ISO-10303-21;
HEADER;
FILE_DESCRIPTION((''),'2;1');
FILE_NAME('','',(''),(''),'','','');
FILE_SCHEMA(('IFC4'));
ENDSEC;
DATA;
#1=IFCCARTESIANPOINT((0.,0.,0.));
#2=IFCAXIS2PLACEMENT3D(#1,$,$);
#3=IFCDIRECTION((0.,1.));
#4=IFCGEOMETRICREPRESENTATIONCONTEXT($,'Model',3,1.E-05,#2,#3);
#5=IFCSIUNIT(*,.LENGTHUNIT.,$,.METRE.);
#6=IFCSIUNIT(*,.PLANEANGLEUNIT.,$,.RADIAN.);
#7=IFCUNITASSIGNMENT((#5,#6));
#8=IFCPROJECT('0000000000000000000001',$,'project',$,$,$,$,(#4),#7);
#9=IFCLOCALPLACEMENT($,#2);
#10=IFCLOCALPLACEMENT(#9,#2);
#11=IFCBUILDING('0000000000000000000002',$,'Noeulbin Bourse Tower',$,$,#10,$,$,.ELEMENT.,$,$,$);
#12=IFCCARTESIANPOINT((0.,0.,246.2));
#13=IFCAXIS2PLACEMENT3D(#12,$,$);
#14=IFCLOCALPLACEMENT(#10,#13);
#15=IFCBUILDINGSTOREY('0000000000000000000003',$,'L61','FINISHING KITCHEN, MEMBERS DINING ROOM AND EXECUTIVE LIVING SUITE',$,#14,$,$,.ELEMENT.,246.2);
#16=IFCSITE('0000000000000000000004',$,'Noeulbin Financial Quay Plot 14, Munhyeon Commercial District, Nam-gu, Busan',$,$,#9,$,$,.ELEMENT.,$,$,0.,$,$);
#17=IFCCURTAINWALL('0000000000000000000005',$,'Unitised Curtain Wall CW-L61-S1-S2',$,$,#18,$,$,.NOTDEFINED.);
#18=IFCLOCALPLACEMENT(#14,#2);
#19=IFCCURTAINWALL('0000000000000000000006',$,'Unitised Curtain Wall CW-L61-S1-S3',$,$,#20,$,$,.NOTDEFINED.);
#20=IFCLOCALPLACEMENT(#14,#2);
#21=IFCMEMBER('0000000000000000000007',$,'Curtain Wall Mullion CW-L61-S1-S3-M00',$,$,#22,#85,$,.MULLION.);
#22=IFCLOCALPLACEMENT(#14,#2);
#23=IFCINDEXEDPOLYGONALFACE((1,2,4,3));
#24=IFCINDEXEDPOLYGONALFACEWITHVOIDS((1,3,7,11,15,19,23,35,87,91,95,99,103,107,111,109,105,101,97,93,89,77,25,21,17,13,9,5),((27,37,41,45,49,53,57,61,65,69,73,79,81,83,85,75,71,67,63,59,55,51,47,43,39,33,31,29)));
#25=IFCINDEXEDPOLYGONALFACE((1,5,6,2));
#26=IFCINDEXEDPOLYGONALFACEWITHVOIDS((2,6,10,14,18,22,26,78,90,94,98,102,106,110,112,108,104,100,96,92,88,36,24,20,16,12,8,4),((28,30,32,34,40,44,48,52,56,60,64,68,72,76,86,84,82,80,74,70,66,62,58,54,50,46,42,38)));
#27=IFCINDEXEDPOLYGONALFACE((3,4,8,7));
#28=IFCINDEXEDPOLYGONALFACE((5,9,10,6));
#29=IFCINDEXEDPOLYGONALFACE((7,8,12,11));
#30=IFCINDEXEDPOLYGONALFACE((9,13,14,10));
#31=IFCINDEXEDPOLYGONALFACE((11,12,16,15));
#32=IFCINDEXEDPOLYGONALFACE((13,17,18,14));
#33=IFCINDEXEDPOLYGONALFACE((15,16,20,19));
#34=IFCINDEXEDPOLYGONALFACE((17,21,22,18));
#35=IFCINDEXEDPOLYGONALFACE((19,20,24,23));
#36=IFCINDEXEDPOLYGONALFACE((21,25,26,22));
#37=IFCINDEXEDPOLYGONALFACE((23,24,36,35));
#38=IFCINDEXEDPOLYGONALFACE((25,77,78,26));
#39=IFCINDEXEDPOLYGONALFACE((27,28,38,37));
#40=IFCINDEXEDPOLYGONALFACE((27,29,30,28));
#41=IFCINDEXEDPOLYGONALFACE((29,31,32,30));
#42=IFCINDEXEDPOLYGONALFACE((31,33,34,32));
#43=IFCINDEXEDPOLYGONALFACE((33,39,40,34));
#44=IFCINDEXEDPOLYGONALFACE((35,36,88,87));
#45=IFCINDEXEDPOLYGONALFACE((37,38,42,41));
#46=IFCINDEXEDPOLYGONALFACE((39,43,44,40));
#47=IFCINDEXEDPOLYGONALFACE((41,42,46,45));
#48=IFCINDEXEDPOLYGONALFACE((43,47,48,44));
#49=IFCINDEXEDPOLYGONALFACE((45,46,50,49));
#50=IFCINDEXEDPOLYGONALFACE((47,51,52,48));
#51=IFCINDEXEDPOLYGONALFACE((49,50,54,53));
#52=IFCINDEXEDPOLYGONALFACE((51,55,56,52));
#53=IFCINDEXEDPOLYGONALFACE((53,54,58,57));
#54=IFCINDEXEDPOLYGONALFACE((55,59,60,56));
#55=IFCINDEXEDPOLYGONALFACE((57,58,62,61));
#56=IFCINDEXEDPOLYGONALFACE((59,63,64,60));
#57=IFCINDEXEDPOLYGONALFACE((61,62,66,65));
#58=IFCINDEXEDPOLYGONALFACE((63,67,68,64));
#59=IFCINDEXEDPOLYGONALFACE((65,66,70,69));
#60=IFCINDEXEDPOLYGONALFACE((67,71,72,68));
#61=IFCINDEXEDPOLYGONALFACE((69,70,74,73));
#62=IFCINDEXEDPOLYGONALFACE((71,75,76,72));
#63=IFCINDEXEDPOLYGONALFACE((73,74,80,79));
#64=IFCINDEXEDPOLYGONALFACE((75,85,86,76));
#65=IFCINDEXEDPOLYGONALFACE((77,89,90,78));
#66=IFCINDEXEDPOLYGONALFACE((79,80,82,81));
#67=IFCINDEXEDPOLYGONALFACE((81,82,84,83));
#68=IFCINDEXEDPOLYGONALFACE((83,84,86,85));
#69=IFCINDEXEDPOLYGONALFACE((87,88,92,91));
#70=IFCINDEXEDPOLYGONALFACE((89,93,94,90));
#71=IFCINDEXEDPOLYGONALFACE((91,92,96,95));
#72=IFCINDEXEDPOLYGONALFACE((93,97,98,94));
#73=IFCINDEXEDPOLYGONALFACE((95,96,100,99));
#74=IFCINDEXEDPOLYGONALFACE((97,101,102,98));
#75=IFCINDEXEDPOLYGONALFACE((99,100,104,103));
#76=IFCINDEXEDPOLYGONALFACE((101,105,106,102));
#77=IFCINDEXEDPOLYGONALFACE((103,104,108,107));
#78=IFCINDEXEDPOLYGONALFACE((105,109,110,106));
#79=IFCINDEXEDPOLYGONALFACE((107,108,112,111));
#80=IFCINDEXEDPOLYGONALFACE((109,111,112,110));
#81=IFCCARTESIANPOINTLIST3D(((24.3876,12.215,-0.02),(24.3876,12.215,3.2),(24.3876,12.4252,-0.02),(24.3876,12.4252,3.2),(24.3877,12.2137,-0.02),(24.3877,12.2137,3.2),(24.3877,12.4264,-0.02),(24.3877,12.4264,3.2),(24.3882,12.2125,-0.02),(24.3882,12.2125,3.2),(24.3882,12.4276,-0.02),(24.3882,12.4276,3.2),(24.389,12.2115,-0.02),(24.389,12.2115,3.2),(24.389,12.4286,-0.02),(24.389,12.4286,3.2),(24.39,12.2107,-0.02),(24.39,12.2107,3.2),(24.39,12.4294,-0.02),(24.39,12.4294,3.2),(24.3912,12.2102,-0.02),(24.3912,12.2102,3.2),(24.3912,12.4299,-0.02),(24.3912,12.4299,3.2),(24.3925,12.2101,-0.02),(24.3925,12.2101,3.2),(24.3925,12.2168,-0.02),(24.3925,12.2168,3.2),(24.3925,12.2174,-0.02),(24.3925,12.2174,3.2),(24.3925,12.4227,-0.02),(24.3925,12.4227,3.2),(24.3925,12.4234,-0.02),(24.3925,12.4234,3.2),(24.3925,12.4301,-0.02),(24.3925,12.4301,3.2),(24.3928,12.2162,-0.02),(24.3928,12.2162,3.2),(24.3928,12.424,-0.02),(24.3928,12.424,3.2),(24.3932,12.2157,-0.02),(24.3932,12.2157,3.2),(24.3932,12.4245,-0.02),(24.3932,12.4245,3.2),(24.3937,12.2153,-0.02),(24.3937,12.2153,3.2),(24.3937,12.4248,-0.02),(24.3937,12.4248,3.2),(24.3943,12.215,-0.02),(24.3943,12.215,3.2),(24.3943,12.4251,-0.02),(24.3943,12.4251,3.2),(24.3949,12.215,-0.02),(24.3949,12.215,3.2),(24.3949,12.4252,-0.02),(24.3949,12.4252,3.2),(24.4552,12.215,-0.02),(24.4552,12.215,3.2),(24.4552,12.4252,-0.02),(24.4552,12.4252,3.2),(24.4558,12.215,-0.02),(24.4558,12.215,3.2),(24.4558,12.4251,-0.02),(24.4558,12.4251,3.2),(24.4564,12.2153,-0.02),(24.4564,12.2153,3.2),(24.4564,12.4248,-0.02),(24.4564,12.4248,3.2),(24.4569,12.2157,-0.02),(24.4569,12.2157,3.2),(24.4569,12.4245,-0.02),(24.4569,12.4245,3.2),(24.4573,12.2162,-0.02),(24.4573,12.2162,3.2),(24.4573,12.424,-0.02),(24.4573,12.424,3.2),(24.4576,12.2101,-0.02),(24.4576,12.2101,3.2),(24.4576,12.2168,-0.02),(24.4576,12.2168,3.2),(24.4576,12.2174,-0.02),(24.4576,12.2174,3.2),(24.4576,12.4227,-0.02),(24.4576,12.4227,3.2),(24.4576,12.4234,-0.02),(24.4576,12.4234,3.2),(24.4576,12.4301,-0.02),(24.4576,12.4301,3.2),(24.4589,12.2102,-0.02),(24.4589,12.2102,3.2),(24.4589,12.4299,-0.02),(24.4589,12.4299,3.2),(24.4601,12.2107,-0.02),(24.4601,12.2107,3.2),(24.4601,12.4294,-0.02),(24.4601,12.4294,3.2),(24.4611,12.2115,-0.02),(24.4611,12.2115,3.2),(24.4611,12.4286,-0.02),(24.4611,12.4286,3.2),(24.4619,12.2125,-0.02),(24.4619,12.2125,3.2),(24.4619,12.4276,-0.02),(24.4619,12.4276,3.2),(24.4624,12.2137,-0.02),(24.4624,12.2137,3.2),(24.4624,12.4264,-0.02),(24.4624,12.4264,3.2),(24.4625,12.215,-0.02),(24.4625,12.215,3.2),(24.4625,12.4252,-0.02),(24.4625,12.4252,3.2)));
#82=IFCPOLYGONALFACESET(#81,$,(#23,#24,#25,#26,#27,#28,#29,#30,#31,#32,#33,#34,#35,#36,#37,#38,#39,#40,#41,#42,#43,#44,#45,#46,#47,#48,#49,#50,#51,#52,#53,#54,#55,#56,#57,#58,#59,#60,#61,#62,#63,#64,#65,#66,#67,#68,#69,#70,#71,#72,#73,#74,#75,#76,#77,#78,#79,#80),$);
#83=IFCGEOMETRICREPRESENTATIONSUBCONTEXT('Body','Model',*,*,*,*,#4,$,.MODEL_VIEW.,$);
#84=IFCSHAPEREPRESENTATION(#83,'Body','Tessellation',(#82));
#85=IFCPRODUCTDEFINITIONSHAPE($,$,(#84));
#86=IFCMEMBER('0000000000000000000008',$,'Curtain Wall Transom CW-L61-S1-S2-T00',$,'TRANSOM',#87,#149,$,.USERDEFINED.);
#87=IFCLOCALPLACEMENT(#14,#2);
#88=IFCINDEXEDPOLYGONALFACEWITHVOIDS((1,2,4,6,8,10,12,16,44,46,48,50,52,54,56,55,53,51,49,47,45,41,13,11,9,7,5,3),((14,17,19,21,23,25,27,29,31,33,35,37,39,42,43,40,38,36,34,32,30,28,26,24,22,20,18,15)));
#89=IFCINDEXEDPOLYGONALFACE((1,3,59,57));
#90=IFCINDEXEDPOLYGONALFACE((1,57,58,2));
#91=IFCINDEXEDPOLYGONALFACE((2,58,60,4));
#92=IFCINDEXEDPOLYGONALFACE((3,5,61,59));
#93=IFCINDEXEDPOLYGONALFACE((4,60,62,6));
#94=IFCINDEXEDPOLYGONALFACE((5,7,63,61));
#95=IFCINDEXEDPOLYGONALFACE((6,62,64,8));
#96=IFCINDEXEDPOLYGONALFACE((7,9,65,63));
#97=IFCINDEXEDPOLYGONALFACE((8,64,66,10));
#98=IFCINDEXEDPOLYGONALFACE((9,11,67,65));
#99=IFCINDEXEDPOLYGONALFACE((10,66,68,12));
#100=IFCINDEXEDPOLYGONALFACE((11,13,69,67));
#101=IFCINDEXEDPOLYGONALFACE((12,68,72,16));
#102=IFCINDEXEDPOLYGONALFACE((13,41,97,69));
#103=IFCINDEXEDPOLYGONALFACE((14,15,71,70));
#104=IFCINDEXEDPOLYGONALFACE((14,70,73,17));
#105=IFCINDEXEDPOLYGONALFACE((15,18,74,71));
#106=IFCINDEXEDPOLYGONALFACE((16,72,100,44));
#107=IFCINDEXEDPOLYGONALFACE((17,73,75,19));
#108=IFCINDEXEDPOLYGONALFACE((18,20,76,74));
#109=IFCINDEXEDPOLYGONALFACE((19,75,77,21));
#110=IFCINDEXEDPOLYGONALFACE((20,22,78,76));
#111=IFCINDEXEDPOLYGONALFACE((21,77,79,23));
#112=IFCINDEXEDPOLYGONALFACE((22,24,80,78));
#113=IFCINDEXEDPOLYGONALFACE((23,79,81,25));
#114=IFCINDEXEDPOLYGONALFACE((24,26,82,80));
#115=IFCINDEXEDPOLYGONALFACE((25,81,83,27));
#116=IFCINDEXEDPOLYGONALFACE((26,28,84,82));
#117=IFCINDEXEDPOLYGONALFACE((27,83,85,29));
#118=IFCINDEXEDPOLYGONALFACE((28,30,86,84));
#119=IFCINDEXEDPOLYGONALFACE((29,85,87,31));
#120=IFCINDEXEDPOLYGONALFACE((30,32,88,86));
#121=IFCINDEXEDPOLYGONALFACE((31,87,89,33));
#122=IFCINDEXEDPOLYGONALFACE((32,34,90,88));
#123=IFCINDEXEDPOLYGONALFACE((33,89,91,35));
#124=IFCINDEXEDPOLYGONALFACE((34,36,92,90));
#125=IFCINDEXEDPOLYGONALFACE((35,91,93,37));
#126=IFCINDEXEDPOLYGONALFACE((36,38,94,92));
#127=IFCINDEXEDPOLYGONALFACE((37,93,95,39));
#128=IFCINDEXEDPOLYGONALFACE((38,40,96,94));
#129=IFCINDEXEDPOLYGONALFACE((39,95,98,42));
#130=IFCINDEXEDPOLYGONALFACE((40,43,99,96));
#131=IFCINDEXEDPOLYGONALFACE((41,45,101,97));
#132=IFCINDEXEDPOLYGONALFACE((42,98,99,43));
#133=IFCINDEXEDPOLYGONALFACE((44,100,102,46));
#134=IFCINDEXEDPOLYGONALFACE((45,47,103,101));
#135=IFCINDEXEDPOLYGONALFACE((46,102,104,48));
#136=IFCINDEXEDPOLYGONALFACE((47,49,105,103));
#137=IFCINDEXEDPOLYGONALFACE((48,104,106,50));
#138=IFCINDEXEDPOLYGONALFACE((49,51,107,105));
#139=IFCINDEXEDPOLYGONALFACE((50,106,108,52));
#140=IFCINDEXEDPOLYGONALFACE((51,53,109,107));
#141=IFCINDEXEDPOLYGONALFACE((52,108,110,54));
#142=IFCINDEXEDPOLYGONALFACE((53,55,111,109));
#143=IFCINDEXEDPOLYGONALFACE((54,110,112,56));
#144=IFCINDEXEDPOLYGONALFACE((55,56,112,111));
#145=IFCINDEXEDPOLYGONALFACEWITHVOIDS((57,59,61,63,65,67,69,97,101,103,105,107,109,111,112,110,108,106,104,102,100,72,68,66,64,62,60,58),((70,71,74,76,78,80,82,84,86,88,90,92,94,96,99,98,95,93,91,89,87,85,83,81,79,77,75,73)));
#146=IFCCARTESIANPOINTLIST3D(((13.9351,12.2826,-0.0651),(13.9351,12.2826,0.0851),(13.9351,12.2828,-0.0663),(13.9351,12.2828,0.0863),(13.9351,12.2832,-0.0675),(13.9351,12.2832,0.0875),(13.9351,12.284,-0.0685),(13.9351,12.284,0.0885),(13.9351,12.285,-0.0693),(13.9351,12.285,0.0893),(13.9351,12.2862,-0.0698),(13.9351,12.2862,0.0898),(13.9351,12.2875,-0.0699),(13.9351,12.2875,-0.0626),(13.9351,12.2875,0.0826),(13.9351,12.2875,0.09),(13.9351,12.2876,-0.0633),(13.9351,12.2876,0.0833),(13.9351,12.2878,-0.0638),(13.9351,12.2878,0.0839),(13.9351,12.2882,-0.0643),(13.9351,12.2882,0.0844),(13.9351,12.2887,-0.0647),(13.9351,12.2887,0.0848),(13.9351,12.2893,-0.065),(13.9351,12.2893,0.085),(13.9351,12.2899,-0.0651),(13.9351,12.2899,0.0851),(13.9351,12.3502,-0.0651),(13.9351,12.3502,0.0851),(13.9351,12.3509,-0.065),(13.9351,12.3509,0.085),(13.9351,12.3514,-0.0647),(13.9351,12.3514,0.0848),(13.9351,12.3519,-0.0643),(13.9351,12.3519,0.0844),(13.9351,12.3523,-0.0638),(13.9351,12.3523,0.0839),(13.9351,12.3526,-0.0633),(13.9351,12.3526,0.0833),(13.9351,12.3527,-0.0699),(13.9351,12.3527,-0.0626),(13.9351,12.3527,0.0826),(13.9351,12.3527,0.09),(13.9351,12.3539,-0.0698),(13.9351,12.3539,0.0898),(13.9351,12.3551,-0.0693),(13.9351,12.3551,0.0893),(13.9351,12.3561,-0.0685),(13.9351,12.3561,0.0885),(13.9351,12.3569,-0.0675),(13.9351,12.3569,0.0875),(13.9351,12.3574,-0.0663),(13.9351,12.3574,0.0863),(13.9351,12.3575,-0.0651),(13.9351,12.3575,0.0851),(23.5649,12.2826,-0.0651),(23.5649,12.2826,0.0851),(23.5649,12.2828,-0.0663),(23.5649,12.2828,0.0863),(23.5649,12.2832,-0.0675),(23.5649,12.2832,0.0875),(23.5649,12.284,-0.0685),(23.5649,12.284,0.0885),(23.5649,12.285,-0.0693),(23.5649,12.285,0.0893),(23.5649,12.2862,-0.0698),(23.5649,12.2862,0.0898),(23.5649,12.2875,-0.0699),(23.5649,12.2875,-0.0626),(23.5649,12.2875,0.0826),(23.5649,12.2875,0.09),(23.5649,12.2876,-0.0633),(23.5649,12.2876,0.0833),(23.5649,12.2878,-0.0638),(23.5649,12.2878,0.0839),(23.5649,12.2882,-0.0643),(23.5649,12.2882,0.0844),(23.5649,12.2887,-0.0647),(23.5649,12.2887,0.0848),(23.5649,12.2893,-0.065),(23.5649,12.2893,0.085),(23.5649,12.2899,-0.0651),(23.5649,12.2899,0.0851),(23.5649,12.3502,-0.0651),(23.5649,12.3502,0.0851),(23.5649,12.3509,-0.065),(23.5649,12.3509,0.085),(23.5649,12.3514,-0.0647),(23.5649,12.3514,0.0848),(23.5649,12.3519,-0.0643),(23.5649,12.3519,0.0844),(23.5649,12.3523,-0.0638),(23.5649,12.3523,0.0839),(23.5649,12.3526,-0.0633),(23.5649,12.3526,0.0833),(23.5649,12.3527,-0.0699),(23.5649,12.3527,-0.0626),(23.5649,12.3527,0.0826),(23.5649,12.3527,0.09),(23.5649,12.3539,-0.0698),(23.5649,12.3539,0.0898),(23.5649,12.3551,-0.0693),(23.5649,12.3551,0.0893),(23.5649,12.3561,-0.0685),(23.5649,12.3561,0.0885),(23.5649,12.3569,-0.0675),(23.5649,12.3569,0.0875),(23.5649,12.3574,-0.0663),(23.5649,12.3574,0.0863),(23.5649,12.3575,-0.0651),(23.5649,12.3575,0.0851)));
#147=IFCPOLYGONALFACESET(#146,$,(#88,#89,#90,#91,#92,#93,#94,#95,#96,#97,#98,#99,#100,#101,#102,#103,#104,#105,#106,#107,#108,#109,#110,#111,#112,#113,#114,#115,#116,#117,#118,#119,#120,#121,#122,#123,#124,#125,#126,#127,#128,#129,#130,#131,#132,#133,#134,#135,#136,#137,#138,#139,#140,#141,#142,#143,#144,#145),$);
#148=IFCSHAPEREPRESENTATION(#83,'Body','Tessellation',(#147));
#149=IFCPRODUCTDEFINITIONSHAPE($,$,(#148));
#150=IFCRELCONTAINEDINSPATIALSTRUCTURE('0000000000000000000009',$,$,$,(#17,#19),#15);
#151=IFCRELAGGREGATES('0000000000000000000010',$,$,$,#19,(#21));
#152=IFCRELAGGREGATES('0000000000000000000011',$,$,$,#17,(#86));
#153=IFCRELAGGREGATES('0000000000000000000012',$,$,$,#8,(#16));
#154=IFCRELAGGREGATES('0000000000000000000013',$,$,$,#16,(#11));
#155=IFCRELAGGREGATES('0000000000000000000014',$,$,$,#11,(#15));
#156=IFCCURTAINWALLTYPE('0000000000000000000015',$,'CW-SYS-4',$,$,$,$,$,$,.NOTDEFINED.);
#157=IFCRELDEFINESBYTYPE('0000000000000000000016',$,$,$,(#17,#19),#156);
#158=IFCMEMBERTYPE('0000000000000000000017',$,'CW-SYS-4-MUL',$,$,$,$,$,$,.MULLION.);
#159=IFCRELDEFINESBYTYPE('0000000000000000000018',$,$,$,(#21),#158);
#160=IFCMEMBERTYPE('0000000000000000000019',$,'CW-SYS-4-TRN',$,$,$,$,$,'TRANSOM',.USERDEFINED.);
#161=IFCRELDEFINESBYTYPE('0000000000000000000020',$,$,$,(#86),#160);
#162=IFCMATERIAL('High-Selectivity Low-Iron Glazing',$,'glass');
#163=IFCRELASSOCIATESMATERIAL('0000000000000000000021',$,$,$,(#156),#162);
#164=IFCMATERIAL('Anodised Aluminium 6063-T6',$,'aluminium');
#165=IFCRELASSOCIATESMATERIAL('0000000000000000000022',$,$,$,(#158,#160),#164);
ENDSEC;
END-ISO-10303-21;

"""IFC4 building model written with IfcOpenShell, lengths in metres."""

from ifc_helpers import new_model, si_unit, direction, frame, origin, origin_2d, place, context, subcontext, project, spatial, hollow_rectangle, extrude, material, material_profile, profile_set, type_object, element, aggregate, save


model = new_model("IFC4")

# Units and contexts
model_context = context("Model", 3, precision=1e-05, world=origin(), true_north=direction((0.0, 1.0)))
body_context = subcontext(model_context, "Body", "Model", "MODEL_VIEW")
ifc_project = project(units=[si_unit("LENGTHUNIT", "METRE"), si_unit("PLANEANGLEUNIT", "RADIAN")], contexts=[model_context])

# Site, building, storey
site_placement = place(None, origin())
site = spatial("IfcSite", under=ifc_project, at=site_placement, Name="Noeulbin Financial Quay Plot 14, Munhyeon Commercial District, Nam-gu, Busan", CompositionType="ELEMENT", RefElevation=0.0)
building_placement = place(site_placement, origin())
building = spatial("IfcBuilding", under=site, at=building_placement, Name="Noeulbin Bourse Tower", CompositionType="ELEMENT")
storey_placement = place(building_placement, frame((0.0, 0.0, 246.2)))
storey = spatial("IfcBuildingStorey", under=building, at=storey_placement, Name="L61", Description="FINISHING KITCHEN, MEMBERS DINING ROOM AND EXECUTIVE LIVING SUITE", CompositionType="ELEMENT", Elevation=246.2)

# Curtain wall
ifc_material_1 = material(Name="High-Selectivity Low-Iron Glazing", Category="glass")
curtain_wall_type = type_object("IfcCurtainWallType", Name="CW-SYS-4", PredefinedType="NOTDEFINED", material=ifc_material_1)
curtain_wall_1_placement = place(storey_placement, origin())
curtain_wall_1 = element("IfcCurtainWall", 1, at=curtain_wall_1_placement, inside=storey, type_object=curtain_wall_type, Name="Unitised Curtain Wall CW-L61-S1-S2", PredefinedType="NOTDEFINED")
ifc_material_2 = material(Name="Anodised Aluminium 6063-T6", Category="aluminium")
ifc_material_profile_1 = material_profile(ifc_material_2, hollow_rectangle(XDim=0.075, YDim=0.22, WallThickness=0.0049, InnerFilletRadius=0.0024, OuterFilletRadius=0.0049, at=origin_2d()), Name="ALU-MULL-75x220x5", Category="LoadBearing")
ifc_profile_set_1 = profile_set([ifc_material_profile_1], Name="Anodised Aluminium 6063-T6")
member_type_1 = type_object("IfcMemberType", Name="CW-SYS-4-MUL", PredefinedType="MULLION", material=ifc_profile_set_1)

# Curtain wall, member
curtain_wall_2_placement = place(storey_placement, origin())
curtain_wall_2 = element("IfcCurtainWall", 2, at=curtain_wall_2_placement, inside=storey, type_object=curtain_wall_type, Name="Unitised Curtain Wall CW-L61-S1-S3", PredefinedType="NOTDEFINED")
member_1_placement = place(storey_placement, frame((24.425, 12.3201, -0.02), z_axis=(0.0, 0.0, 1.0), x_axis=(1.0, 0.0, 0.0)))
member_1 = element("IfcMember", 3, at=member_1_placement, type_object=member_type_1, Name="Curtain Wall Mullion CW-L61-S1-S3-M00", PredefinedType="MULLION", context=body_context, shape_type="SweptSolid", body=[
    extrude(hollow_rectangle(XDim=0.075, YDim=0.22, WallThickness=0.0049, InnerFilletRadius=0.0024, OuterFilletRadius=0.0049, at=origin_2d()), origin(), (0.0, 0.0, 1.0), 3.22),
])
aggregate(curtain_wall_2, [member_1])

# Member
ifc_material_profile_2 = material_profile(ifc_material_2, hollow_rectangle(XDim=0.075, YDim=0.1599, WallThickness=0.0049, InnerFilletRadius=0.0024, OuterFilletRadius=0.0049, at=origin_2d()), Name="ALU-TRAN-75x160x5", Category="LoadBearing")
ifc_profile_set_2 = profile_set([ifc_material_profile_2], Name="Anodised Aluminium 6063-T6")
member_type_2 = type_object("IfcMemberType", Name="CW-SYS-4-TRN", ElementType="TRANSOM", PredefinedType="USERDEFINED", material=ifc_profile_set_2)
member_2_placement = place(storey_placement, frame((13.9351, 12.3201, 0.01), z_axis=(1.0, 0.0, 0.0), x_axis=(0.0, 1.0, 0.0)))
member_2 = element("IfcMember", 4, at=member_2_placement, type_object=member_type_2, Name="Curtain Wall Transom CW-L61-S1-S2-T00", ObjectType="TRANSOM", PredefinedType="USERDEFINED", context=body_context, shape_type="SweptSolid", body=[
    extrude(hollow_rectangle(XDim=0.075, YDim=0.1599, WallThickness=0.0049, InnerFilletRadius=0.0024, OuterFilletRadius=0.0049, at=origin_2d()), origin(), (0.0, 0.0, 1.0), 9.6299),
])

aggregate(curtain_wall_1, [member_2])

save(model, "model.ifc")
